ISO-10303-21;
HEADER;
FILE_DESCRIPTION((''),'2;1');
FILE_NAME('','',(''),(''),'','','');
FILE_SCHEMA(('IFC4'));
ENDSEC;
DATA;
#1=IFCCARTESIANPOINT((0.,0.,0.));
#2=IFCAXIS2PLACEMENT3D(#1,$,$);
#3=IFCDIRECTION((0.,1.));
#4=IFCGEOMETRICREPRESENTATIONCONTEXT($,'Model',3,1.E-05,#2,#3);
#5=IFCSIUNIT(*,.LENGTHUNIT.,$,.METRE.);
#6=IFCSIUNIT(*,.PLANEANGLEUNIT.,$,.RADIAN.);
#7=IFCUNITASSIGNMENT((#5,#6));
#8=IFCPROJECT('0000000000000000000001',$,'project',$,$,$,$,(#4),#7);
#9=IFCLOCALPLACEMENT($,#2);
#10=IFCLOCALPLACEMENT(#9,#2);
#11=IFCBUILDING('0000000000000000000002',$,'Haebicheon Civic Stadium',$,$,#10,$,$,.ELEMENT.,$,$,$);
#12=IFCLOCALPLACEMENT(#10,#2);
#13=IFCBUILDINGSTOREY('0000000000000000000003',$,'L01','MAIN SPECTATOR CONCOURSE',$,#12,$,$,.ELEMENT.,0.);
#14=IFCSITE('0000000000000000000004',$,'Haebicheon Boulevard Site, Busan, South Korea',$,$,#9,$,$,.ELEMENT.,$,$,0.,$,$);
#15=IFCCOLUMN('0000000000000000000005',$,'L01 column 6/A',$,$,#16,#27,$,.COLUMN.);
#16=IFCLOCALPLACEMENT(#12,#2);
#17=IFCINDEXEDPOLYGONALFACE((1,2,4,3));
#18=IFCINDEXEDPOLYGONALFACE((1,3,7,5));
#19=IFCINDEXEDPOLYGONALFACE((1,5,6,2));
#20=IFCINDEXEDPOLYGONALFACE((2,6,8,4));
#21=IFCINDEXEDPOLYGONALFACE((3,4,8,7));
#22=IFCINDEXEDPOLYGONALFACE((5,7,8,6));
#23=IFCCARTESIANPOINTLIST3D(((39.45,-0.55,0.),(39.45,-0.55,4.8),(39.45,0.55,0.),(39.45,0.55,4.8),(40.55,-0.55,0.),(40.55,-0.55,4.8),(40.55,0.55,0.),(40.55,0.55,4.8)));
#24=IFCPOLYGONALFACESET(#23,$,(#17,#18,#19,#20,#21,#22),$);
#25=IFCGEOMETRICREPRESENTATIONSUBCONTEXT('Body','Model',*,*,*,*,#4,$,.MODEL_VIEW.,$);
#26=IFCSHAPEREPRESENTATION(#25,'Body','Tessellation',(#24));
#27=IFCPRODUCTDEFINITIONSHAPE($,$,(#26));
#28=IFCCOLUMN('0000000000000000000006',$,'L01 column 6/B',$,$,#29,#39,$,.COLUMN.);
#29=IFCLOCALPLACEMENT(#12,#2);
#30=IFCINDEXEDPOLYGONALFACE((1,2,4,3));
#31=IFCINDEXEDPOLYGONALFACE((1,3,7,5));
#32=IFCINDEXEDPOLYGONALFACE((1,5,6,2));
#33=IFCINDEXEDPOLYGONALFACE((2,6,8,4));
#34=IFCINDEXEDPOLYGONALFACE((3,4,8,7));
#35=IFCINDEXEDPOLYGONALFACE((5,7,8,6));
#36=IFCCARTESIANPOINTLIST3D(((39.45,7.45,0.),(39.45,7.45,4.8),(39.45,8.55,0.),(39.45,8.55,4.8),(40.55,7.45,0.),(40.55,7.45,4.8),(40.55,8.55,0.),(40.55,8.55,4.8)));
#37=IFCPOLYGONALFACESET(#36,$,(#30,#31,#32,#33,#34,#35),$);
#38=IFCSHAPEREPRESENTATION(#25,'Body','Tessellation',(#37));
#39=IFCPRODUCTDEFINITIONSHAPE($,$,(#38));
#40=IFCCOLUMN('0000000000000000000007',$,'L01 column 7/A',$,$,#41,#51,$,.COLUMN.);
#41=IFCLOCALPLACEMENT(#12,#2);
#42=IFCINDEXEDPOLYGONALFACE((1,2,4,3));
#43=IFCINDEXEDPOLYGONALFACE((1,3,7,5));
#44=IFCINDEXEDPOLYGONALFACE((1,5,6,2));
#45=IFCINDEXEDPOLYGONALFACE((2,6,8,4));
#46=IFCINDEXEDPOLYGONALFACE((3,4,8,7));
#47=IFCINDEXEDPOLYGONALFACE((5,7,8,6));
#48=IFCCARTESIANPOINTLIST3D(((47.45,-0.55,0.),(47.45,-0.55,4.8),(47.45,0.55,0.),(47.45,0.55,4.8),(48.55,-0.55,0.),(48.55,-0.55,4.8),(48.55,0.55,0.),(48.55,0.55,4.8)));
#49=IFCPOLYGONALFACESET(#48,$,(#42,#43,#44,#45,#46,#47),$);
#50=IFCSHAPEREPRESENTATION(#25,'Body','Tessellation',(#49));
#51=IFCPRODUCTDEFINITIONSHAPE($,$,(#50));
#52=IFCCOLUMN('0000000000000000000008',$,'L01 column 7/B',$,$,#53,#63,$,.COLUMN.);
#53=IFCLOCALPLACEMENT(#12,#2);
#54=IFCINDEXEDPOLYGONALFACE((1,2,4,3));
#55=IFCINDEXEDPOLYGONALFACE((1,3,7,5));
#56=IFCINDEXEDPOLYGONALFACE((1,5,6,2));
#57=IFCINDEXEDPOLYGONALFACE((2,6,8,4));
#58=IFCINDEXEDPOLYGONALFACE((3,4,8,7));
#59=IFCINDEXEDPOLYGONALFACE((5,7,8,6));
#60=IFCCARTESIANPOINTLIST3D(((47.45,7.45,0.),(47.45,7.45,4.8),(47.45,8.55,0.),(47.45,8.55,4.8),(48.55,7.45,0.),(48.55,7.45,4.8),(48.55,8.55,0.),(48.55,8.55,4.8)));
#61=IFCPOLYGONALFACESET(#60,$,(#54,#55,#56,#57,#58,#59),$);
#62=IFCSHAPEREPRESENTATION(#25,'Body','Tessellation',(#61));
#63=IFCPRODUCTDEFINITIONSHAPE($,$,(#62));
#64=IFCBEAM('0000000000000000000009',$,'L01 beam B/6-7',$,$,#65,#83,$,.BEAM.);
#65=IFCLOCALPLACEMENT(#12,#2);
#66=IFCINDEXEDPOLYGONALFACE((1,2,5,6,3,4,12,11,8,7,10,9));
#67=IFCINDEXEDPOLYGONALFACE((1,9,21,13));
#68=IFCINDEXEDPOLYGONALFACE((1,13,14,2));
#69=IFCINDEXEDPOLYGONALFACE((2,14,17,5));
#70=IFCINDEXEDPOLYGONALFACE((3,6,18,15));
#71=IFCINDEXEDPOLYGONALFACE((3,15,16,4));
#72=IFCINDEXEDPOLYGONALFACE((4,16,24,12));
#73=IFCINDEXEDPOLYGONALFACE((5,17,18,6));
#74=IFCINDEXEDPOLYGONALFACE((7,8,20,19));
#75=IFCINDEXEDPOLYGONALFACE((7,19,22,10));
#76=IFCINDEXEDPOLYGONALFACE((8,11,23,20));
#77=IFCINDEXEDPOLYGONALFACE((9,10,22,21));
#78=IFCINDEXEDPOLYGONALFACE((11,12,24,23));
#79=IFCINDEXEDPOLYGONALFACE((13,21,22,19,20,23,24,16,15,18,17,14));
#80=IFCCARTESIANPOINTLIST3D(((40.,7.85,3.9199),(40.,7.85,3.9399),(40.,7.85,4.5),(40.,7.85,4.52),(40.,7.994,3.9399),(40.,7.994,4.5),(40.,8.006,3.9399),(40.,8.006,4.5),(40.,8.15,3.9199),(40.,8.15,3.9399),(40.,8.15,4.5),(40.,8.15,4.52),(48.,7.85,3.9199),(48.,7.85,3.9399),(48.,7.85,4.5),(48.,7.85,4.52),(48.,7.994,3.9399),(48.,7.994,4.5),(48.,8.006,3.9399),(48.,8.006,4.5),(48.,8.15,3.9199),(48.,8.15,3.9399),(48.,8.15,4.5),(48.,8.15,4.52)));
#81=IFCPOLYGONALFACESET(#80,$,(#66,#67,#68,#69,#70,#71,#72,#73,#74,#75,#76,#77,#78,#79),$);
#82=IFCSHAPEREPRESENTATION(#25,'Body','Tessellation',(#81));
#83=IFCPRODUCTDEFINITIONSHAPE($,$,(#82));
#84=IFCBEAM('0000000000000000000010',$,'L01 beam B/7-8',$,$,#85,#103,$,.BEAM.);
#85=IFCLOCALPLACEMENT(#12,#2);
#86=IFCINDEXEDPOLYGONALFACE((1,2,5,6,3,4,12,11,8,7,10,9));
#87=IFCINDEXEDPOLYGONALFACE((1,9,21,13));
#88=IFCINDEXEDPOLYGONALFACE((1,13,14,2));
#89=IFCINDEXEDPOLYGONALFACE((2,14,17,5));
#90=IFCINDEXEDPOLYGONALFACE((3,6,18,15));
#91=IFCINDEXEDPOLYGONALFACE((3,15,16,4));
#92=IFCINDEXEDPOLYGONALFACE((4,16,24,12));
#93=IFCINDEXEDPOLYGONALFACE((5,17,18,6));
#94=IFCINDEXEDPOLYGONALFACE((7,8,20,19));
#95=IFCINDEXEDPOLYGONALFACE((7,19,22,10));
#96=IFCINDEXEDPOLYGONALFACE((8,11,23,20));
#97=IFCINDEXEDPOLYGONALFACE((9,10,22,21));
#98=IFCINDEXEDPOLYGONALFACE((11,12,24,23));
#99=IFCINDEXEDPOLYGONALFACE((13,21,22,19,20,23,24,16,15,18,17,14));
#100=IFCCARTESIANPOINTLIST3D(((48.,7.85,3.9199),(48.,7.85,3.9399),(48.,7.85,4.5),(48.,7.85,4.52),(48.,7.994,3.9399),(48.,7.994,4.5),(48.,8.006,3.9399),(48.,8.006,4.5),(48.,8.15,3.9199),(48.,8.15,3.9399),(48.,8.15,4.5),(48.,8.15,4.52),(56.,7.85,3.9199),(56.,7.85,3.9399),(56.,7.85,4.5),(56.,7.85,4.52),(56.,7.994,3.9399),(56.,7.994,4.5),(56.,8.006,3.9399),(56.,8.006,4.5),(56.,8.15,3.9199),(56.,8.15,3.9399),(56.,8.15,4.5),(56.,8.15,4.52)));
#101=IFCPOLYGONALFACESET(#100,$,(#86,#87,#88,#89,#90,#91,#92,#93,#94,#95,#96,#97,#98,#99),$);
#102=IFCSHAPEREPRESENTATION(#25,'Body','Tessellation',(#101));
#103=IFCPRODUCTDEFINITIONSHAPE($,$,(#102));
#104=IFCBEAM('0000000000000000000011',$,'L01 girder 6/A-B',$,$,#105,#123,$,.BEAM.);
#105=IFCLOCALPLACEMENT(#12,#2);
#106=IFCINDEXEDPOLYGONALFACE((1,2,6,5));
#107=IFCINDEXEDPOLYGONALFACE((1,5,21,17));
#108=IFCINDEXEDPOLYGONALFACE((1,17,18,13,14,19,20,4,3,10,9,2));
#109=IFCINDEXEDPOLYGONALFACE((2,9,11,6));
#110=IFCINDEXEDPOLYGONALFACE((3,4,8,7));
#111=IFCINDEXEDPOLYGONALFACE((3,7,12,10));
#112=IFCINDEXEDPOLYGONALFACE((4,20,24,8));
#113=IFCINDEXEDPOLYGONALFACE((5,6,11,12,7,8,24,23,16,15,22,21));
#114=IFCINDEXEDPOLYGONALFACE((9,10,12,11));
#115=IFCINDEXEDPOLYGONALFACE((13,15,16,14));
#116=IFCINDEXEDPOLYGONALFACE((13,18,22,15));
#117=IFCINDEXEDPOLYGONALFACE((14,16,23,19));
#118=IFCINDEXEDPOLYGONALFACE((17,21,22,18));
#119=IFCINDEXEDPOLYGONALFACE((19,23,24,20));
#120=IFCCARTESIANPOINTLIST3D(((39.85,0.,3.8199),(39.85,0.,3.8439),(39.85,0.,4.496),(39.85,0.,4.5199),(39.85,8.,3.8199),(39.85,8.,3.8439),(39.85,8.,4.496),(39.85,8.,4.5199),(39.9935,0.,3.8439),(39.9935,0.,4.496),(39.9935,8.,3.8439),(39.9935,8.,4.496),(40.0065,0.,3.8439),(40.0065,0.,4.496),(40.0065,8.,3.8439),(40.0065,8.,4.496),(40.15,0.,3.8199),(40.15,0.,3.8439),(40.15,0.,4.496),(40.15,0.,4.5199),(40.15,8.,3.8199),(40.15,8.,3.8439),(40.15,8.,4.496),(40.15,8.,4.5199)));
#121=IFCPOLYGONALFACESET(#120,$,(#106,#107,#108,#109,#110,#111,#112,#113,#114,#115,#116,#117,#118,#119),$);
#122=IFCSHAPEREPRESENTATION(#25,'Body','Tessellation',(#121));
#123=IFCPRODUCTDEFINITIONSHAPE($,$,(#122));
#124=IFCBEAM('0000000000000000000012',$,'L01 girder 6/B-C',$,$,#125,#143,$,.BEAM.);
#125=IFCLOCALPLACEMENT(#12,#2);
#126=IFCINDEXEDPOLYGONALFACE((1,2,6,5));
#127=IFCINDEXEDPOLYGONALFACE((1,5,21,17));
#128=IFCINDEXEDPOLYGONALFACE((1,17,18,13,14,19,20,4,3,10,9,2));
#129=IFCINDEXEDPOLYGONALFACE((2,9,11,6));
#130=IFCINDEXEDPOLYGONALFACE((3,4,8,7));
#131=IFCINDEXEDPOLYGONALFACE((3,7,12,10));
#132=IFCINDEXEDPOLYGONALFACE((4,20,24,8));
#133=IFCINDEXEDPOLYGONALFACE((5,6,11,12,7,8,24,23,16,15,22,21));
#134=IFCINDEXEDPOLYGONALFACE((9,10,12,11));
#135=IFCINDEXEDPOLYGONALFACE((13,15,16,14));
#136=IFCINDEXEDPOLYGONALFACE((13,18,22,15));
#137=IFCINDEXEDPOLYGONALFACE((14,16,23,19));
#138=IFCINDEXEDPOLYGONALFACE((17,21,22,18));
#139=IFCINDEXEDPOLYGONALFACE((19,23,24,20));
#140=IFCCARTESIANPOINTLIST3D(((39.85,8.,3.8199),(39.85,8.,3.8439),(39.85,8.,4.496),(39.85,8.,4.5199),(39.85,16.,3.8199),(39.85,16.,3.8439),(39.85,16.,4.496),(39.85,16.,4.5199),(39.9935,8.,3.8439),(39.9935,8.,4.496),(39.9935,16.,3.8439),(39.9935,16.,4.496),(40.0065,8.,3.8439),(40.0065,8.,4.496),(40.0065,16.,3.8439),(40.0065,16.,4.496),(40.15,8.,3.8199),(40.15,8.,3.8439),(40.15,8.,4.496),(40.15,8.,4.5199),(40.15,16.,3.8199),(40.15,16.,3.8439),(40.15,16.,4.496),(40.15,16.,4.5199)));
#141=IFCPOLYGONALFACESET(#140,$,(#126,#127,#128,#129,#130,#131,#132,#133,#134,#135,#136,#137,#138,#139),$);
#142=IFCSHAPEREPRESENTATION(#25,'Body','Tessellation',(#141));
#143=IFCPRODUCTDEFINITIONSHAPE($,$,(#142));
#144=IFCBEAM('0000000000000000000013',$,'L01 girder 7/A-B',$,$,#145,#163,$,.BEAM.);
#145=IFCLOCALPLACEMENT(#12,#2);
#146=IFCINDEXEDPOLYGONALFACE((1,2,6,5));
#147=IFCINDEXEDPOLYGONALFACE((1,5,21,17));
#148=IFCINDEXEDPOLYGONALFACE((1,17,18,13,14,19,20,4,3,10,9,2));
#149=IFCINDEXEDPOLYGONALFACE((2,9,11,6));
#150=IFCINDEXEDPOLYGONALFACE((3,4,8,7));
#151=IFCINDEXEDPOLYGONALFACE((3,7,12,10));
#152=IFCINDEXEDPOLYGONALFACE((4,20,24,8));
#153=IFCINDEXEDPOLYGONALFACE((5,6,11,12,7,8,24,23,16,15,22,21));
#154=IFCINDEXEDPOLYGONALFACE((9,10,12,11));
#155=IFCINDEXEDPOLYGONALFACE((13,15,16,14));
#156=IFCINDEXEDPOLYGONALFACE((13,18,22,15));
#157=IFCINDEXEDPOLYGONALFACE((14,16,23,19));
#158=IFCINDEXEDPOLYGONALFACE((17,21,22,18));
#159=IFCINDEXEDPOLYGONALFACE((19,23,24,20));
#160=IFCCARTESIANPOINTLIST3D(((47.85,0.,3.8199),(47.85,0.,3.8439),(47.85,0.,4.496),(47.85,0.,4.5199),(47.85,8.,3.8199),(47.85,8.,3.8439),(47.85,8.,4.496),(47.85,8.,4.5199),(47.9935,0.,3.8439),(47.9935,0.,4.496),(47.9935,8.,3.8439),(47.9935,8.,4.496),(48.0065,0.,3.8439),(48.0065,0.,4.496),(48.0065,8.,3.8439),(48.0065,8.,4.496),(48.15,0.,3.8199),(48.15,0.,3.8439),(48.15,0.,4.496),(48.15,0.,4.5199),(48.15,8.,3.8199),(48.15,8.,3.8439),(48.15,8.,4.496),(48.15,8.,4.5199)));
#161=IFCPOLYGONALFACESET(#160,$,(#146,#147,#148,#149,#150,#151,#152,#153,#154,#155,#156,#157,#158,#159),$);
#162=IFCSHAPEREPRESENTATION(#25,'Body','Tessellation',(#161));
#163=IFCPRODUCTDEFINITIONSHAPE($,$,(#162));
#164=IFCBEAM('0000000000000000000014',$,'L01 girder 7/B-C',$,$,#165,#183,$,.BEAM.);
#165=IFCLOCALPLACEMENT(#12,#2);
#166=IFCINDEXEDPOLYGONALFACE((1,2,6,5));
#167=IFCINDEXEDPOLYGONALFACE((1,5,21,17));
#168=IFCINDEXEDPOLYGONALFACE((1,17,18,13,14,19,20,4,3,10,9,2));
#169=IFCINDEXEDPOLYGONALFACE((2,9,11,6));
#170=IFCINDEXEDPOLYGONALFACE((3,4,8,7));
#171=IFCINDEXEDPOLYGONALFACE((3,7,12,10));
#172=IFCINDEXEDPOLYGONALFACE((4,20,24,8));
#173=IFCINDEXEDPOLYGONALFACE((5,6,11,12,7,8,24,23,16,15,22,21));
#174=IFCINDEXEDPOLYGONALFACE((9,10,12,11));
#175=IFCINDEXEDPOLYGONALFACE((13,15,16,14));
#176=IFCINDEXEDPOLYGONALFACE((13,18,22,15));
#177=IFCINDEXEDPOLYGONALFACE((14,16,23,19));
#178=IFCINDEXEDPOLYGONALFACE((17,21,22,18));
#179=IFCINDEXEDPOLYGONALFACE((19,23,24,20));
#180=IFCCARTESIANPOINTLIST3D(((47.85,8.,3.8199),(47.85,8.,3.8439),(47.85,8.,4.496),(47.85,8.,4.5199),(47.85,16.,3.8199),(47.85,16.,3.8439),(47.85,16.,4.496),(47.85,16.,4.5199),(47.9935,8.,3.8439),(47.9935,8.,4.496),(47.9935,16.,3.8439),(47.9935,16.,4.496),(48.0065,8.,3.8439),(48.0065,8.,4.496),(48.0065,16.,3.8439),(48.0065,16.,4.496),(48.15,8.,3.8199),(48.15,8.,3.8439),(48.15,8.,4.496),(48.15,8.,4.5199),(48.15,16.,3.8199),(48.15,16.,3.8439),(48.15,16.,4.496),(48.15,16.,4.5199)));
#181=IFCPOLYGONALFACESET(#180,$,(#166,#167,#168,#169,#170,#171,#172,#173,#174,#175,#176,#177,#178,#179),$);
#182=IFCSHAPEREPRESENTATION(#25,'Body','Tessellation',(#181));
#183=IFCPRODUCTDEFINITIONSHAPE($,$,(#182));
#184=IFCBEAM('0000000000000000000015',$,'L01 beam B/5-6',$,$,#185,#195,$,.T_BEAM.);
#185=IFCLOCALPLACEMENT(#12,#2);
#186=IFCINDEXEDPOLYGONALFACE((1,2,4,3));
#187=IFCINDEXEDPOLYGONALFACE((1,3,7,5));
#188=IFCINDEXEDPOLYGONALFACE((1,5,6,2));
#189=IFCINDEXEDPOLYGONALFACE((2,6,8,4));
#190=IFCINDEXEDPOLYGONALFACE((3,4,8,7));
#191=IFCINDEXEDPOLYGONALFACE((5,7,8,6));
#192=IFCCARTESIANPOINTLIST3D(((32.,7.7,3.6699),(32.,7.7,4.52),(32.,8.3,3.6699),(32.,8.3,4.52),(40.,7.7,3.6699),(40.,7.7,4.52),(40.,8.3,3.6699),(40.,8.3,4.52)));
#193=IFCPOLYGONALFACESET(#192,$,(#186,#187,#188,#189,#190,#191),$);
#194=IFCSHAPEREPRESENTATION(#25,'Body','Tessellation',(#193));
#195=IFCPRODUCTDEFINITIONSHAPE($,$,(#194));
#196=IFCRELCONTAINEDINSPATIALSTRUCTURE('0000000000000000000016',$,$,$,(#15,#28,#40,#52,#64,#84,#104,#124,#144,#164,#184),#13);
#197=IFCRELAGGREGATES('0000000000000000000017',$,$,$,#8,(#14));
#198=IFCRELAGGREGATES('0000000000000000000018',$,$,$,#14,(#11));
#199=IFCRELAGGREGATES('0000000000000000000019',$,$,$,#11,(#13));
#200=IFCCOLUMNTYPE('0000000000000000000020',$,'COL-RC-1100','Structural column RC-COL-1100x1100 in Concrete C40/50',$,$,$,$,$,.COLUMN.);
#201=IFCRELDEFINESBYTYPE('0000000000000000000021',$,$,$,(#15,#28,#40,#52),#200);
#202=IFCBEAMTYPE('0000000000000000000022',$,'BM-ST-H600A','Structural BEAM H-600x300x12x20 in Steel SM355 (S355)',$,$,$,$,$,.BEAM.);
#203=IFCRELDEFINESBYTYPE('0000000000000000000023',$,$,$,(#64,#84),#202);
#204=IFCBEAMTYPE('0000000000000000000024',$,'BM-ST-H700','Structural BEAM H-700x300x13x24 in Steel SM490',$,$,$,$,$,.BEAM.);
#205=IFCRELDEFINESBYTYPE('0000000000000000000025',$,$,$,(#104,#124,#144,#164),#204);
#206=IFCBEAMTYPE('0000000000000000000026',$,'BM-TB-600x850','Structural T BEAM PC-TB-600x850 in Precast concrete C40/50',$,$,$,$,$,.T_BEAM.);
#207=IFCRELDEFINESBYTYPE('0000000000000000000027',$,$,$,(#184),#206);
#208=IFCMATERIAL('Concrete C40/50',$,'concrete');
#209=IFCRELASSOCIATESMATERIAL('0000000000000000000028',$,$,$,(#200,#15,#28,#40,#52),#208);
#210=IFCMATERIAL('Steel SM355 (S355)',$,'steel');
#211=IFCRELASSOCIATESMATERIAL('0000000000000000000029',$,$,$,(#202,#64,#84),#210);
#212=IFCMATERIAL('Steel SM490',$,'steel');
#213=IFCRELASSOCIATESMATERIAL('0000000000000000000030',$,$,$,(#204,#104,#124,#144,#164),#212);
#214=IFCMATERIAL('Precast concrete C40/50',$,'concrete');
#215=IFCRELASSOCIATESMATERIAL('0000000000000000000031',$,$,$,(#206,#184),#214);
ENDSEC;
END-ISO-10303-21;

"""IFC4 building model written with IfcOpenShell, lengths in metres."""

from ifc_helpers import new_model, si_unit, direction, frame, origin, origin_2d, place, context, subcontext, project, spatial, rectangle, i_section, extrude, material, material_profile, profile_set, type_object, element, save


model = new_model("IFC4")

# Units and contexts
model_context = context("Model", 3, precision=1e-05, world=origin(), true_north=direction((0.0, 1.0)))
body_context = subcontext(model_context, "Body", "Model", "MODEL_VIEW")
ifc_project = project(units=[si_unit("LENGTHUNIT", "METRE"), si_unit("PLANEANGLEUNIT", "RADIAN")], contexts=[model_context])

# Site, building, storey
site_placement = place(None, origin())
site = spatial("IfcSite", under=ifc_project, at=site_placement, Name="Haebicheon Boulevard Site, Busan, South Korea", CompositionType="ELEMENT", RefElevation=0.0)
building_placement = place(site_placement, origin())
building = spatial("IfcBuilding", under=site, at=building_placement, Name="Haebicheon Civic Stadium", CompositionType="ELEMENT")
storey_placement = place(building_placement, origin())
storey = spatial("IfcBuildingStorey", under=building, at=storey_placement, Name="L01", Description="MAIN SPECTATOR CONCOURSE", CompositionType="ELEMENT", Elevation=0.0)

# Columns
ifc_material_1 = material(Name="Concrete C40/50", Category="concrete")
ifc_material_profile_1 = material_profile(ifc_material_1, rectangle(XDim=1.1001, YDim=1.1001, at=origin_2d()), Name="RC-COL-1100x1100")
ifc_profile_set_1 = profile_set([ifc_material_profile_1], Name="Concrete C40/50")
column_type = type_object("IfcColumnType", Name="COL-RC-1100", Description="Structural column RC-COL-1100x1100 in Concrete C40/50", PredefinedType="COLUMN", material=ifc_profile_set_1)
for number, where, z_axis, x_axis, name in (
    (1, (40.0, 0.0, 0.0), (0.0, 0.0, 1.0), (1.0, 0.0, 0.0), "L01 column 6/A"),
    (2, (40.0, 8.0, 0.0), (0.0, 0.0, 1.0), (1.0, 0.0, 0.0), "L01 column 6/B"),
    (3, (48.0, 0.0, 0.0), (0.0, 0.0, 1.0), (1.0, 0.0, 0.0), "L01 column 7/A"),
    (4, (48.0, 8.0, 0.0), (0.0, 0.0, 1.0), (1.0, 0.0, 0.0), "L01 column 7/B"),
):
    element("IfcColumn", number, at=place(storey_placement, frame(where, z_axis=z_axis, x_axis=x_axis)), inside=storey, type_object=column_type, material=ifc_profile_set_1, Name=name, PredefinedType="COLUMN", context=body_context, shape_type="SweptSolid", body=[
        extrude(rectangle(XDim=1.1001, YDim=1.1001, at=origin_2d()), origin(), (0.0, 0.0, 1.0), 4.8),
    ])

# Beams
ifc_material_2 = material(Name="Steel SM355 (S355)", Category="steel")
ifc_material_profile_2 = material_profile(ifc_material_2, i_section(OverallWidth=0.3, OverallDepth=0.6001, WebThickness=0.012, FlangeThickness=0.02, at=origin_2d()), Name="H-600x300x12x20")
ifc_profile_set_2 = profile_set([ifc_material_profile_2], Name="Steel SM355 (S355)")
beam_type_1 = type_object("IfcBeamType", Name="BM-ST-H600A", Description="Structural BEAM H-600x300x12x20 in Steel SM355 (S355)", PredefinedType="BEAM", material=ifc_profile_set_2)
for number, where, z_axis, x_axis, name in (
    (5, (40.0, 8.0, 4.22), (1.0, 0.0, 0.0), (0.0, 1.0, 0.0), "L01 beam B/6-7"),
    (6, (48.0, 8.0, 4.22), (1.0, 0.0, 0.0), (0.0, 1.0, 0.0), "L01 beam B/7-8"),
):
    element("IfcBeam", number, at=place(storey_placement, frame(where, z_axis=z_axis, x_axis=x_axis)), inside=storey, type_object=beam_type_1, material=ifc_profile_set_2, Name=name, PredefinedType="BEAM", context=body_context, shape_type="SweptSolid", body=[
        extrude(i_section(OverallWidth=0.3, OverallDepth=0.6001, WebThickness=0.012, FlangeThickness=0.02, at=origin_2d()), origin(), (0.0, 0.0, 1.0), 8.0),
    ])
ifc_material_3 = material(Name="Steel SM490", Category="steel")
ifc_material_profile_3 = material_profile(ifc_material_3, i_section(OverallWidth=0.3, OverallDepth=0.7, WebThickness=0.0129, FlangeThickness=0.0239, at=origin_2d()), Name="H-700x300x13x24")
ifc_profile_set_3 = profile_set([ifc_material_profile_3], Name="Steel SM490")
beam_type_2 = type_object("IfcBeamType", Name="BM-ST-H700", Description="Structural BEAM H-700x300x13x24 in Steel SM490", PredefinedType="BEAM", material=ifc_profile_set_3)
for number, where, z_axis, x_axis, name in (
    (7, (40.0, 0.0, 4.1699), (0.0, 1.0, 0.0), (-1.0, 0.0, 0.0), "L01 girder 6/A-B"),
    (8, (40.0, 8.0, 4.1699), (0.0, 1.0, 0.0), (-1.0, 0.0, 0.0), "L01 girder 6/B-C"),
    (9, (48.0, 0.0, 4.1699), (0.0, 1.0, 0.0), (-1.0, 0.0, 0.0), "L01 girder 7/A-B"),
    (10, (48.0, 8.0, 4.1699), (0.0, 1.0, 0.0), (-1.0, 0.0, 0.0), "L01 girder 7/B-C"),
):
    element("IfcBeam", number, at=place(storey_placement, frame(where, z_axis=z_axis, x_axis=x_axis)), inside=storey, type_object=beam_type_2, material=ifc_profile_set_3, Name=name, PredefinedType="BEAM", context=body_context, shape_type="SweptSolid", body=[
        extrude(i_section(OverallWidth=0.3, OverallDepth=0.7, WebThickness=0.0129, FlangeThickness=0.0239, at=origin_2d()), origin(), (0.0, 0.0, 1.0), 8.0),
    ])
ifc_material_4 = material(Name="Precast concrete C40/50", Category="concrete")
ifc_material_profile_4 = material_profile(ifc_material_4, rectangle(XDim=0.6001, YDim=0.8501, at=origin_2d()), Name="PC-TB-600x850")
ifc_profile_set_4 = profile_set([ifc_material_profile_4], Name="Precast concrete C40/50")
beam_type_3 = type_object("IfcBeamType", Name="BM-TB-600x850", Description="Structural T BEAM PC-TB-600x850 in Precast concrete C40/50", PredefinedType="T_BEAM", material=ifc_profile_set_4)
beam_placement = place(storey_placement, frame((32.0, 8.0, 4.095), z_axis=(1.0, 0.0, 0.0), x_axis=(0.0, 1.0, 0.0)))
element("IfcBeam", 11, at=beam_placement, inside=storey, type_object=beam_type_3, material=ifc_profile_set_4, Name="L01 beam B/5-6", PredefinedType="T_BEAM", context=body_context, shape_type="SweptSolid", body=[
    extrude(rectangle(XDim=0.6001, YDim=0.8501, at=origin_2d()), origin(), (0.0, 0.0, 1.0), 8.0),
])

save(model, "model.ifc")
